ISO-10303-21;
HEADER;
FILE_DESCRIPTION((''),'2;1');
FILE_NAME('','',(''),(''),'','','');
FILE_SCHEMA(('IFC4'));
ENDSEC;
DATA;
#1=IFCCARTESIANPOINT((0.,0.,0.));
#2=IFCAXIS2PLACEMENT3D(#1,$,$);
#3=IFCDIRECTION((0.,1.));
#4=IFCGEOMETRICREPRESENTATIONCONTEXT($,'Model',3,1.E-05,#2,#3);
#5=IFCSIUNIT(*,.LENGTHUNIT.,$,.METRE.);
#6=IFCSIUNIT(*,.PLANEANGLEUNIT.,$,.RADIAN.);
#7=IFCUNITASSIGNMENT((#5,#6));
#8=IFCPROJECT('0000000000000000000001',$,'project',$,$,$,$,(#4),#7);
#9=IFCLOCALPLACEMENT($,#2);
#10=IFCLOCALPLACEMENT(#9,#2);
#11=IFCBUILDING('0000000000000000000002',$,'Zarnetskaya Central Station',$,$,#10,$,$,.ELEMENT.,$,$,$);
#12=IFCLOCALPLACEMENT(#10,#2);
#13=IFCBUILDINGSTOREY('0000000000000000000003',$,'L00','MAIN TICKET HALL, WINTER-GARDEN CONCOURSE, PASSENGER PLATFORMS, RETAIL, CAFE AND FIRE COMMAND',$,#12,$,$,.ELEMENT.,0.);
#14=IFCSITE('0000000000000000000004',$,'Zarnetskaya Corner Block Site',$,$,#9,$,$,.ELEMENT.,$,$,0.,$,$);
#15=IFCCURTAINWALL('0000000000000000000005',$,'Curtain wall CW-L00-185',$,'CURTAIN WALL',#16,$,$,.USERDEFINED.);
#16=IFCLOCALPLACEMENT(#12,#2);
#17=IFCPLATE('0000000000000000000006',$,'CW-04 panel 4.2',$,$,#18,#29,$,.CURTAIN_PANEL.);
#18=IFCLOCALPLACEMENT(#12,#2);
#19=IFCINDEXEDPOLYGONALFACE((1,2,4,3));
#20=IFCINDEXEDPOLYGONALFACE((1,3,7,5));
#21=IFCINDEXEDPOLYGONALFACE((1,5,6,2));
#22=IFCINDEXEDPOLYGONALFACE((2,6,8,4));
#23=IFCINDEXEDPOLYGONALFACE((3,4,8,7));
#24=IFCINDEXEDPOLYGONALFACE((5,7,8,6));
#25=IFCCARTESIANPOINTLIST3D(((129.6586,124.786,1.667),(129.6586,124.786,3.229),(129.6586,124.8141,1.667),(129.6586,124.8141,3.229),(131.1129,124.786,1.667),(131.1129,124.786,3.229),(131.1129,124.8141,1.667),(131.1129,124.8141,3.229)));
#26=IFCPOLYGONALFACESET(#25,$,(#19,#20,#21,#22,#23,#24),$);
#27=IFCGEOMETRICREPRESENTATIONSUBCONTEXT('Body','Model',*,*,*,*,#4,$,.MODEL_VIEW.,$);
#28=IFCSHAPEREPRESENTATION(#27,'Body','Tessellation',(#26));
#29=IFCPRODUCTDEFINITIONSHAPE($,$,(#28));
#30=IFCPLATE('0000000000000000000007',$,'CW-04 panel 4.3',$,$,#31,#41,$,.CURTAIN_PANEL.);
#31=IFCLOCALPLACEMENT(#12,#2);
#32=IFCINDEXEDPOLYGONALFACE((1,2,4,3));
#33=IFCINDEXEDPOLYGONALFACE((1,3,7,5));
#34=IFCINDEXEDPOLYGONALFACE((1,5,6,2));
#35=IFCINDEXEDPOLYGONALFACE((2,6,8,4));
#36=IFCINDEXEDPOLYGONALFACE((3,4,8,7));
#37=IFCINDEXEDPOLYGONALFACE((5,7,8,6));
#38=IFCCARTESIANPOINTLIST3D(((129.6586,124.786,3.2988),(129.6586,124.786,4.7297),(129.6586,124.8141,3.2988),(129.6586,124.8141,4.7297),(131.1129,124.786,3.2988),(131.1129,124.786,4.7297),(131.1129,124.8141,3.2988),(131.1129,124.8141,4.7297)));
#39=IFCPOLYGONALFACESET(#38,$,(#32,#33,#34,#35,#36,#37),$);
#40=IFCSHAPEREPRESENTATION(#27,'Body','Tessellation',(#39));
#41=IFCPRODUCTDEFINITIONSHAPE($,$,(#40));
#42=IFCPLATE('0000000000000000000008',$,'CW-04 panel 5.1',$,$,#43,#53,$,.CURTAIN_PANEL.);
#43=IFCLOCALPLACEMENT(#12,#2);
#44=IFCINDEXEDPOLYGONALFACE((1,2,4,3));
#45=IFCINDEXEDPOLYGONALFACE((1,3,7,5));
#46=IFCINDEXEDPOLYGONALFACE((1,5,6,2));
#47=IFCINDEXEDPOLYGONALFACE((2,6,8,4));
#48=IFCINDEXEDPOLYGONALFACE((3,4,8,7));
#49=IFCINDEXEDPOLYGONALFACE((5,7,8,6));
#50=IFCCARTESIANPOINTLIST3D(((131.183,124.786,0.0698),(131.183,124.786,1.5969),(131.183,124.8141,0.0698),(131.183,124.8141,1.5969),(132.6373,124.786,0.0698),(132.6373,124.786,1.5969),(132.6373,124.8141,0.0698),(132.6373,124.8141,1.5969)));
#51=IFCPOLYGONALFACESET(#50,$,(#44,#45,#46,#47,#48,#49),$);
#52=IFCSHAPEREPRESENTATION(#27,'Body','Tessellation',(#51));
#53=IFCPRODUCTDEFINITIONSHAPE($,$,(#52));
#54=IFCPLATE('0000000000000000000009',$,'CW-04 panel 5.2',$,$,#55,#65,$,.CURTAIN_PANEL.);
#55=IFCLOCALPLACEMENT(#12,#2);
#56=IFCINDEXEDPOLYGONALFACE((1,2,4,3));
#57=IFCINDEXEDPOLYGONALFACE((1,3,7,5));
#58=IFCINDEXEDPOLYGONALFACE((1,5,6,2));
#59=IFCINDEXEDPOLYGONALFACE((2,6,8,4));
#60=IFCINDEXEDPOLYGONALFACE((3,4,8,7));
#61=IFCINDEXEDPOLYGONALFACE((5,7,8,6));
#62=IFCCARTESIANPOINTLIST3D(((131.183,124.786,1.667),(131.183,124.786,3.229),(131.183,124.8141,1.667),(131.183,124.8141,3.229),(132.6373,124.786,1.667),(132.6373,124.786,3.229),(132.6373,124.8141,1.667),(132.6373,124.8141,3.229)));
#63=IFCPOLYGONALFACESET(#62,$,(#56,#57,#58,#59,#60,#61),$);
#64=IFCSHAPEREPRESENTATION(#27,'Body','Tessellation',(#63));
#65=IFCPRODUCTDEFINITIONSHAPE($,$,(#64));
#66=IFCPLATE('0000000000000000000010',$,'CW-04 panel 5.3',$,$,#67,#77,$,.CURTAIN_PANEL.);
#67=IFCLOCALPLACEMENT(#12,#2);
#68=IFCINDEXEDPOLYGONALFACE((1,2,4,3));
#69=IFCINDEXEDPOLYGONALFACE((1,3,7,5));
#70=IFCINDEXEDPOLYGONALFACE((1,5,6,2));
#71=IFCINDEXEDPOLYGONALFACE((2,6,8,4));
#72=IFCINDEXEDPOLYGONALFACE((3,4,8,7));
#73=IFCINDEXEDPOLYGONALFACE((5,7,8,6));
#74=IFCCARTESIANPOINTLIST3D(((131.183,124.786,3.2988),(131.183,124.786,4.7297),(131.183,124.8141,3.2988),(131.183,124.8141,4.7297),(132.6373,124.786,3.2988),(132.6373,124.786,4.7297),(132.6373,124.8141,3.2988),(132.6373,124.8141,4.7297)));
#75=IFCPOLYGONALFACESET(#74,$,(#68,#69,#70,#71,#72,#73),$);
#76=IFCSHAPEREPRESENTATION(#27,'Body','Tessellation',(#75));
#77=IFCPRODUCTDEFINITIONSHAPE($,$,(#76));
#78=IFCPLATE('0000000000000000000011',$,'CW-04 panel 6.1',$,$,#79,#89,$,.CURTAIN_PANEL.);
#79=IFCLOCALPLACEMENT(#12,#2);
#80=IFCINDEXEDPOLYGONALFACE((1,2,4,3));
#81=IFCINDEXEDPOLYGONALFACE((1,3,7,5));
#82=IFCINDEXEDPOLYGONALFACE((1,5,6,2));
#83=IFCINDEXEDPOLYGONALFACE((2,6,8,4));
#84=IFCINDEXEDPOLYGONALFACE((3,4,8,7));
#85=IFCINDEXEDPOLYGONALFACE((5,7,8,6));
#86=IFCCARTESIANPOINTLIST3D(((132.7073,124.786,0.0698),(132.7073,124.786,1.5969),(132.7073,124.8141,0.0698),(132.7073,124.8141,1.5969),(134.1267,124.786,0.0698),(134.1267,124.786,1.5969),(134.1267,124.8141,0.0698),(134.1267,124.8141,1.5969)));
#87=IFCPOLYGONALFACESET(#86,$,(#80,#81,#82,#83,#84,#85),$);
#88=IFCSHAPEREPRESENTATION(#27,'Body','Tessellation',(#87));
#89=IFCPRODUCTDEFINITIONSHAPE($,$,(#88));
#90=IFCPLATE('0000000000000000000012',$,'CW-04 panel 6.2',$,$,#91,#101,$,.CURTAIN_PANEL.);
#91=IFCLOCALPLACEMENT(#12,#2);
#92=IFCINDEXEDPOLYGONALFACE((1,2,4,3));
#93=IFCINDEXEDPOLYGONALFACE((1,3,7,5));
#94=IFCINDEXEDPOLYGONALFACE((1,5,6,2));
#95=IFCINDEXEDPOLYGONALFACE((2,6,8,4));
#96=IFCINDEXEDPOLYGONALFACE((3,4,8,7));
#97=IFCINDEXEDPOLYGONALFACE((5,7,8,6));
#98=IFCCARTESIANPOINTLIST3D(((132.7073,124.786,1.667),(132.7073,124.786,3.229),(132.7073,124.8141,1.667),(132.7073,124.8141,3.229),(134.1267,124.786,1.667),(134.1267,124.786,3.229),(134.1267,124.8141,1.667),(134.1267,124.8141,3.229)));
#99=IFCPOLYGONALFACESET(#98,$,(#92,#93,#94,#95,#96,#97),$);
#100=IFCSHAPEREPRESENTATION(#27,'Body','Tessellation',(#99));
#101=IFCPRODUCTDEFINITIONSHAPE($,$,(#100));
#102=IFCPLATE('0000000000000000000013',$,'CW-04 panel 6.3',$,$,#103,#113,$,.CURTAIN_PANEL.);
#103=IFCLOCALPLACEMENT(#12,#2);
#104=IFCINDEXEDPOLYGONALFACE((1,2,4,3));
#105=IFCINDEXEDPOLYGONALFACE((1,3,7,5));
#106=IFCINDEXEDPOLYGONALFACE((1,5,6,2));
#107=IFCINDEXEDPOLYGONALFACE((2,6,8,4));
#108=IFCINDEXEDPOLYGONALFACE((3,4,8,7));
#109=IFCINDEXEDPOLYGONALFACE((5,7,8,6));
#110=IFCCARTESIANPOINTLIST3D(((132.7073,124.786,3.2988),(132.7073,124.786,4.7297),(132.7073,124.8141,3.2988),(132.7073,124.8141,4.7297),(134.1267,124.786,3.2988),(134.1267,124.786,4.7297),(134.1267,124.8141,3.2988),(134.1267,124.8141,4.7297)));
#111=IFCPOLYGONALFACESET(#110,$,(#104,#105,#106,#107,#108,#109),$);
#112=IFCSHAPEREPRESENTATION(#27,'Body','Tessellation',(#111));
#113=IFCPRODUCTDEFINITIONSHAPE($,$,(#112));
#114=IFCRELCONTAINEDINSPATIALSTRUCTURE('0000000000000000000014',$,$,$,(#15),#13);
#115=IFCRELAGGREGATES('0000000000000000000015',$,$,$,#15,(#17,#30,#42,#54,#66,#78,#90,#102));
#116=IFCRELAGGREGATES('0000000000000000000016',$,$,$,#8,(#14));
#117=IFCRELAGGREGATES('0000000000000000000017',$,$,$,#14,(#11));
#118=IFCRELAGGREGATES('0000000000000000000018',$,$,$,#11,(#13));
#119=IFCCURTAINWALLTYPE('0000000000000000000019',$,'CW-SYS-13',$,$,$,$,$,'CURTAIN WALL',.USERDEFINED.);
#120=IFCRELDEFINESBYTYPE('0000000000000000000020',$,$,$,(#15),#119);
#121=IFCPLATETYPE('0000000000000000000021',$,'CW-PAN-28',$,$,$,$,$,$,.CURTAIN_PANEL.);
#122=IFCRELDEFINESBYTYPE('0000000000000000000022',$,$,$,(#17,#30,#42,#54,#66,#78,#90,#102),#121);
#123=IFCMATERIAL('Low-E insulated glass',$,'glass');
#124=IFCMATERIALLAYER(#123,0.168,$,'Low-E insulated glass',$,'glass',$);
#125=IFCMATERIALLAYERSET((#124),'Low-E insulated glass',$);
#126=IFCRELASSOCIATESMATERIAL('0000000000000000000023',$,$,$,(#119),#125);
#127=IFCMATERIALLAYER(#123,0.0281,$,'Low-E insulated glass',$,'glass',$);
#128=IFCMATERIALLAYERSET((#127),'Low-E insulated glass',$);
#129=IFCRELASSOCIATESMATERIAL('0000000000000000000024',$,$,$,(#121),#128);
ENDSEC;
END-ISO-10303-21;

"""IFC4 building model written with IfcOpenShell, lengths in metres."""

from ifc_helpers import new_model, si_unit, direction, frame, origin, origin_2d, place, context, subcontext, project, spatial, rectangle, extrude, material, layer, layer_set, type_object, element, aggregate, save


model = new_model("IFC4")

# Units and contexts
model_context = context("Model", 3, precision=1e-05, world=origin(), true_north=direction((0.0, 1.0)))
body_context = subcontext(model_context, "Body", "Model", "MODEL_VIEW")
ifc_project = project(units=[si_unit("LENGTHUNIT", "METRE"), si_unit("PLANEANGLEUNIT", "RADIAN")], contexts=[model_context])

# Site, building, storey
site_placement = place(None, origin())
site = spatial("IfcSite", under=ifc_project, at=site_placement, Name="Zarnetskaya Corner Block Site", CompositionType="ELEMENT", RefElevation=0.0)
building_placement = place(site_placement, origin())
building = spatial("IfcBuilding", under=site, at=building_placement, Name="Zarnetskaya Central Station", CompositionType="ELEMENT")
storey_placement = place(building_placement, origin())
storey = spatial("IfcBuildingStorey", under=building, at=storey_placement, Name="L00", Description="MAIN TICKET HALL, WINTER-GARDEN CONCOURSE, PASSENGER PLATFORMS, RETAIL, CAFE AND FIRE COMMAND", CompositionType="ELEMENT", Elevation=0.0)

# Curtain wall, plates
ifc_material_1 = material(Name="Low-E insulated glass", Category="glass")
ifc_layer_1 = layer(ifc_material_1, 0.168, Name="Low-E insulated glass", Category="glass")
ifc_layer_set_1 = layer_set([ifc_layer_1], Name="Low-E insulated glass")
curtain_wall_type = type_object("IfcCurtainWallType", Name="CW-SYS-13", ElementType="CURTAIN WALL", PredefinedType="USERDEFINED", material=ifc_layer_set_1)
curtain_wall_placement = place(storey_placement, origin())
curtain_wall = element("IfcCurtainWall", 1, at=curtain_wall_placement, inside=storey, type_object=curtain_wall_type, Name="Curtain wall CW-L00-185", ObjectType="CURTAIN WALL", PredefinedType="USERDEFINED")
ifc_layer_2 = layer(ifc_material_1, 0.0281, Name="Low-E insulated glass", Category="glass")
ifc_layer_set_2 = layer_set([ifc_layer_2], Name="Low-E insulated glass")
plate_type = type_object("IfcPlateType", Name="CW-PAN-28", PredefinedType="CURTAIN_PANEL", material=ifc_layer_set_2)
plate_1_placement = place(storey_placement, frame((130.3857, 124.8, 1.667), z_axis=(0.0, 0.0, 1.0), x_axis=(1.0, 0.0, 0.0)))
plate_1 = element("IfcPlate", 2, at=plate_1_placement, type_object=plate_type, Name="CW-04 panel 4.2", PredefinedType="CURTAIN_PANEL", context=body_context, shape_type="SweptSolid", body=[
    extrude(rectangle(XDim=1.4543, YDim=0.0281, at=origin_2d()), origin(), (0.0, 0.0, 1.0), 1.562),
])
plate_2_placement = place(storey_placement, frame((130.3857, 124.8, 3.2988), z_axis=(0.0, 0.0, 1.0), x_axis=(1.0, 0.0, 0.0)))
plate_2 = element("IfcPlate", 3, at=plate_2_placement, type_object=plate_type, Name="CW-04 panel 4.3", PredefinedType="CURTAIN_PANEL", context=body_context, shape_type="SweptSolid", body=[
    extrude(rectangle(XDim=1.4543, YDim=0.0281, at=origin_2d()), origin(), (0.0, 0.0, 1.0), 1.4309),
])
plate_3_placement = place(storey_placement, frame((131.9102, 124.8, 0.0698), z_axis=(0.0, 0.0, 1.0), x_axis=(1.0, 0.0, 0.0)))
plate_3 = element("IfcPlate", 4, at=plate_3_placement, type_object=plate_type, Name="CW-04 panel 5.1", PredefinedType="CURTAIN_PANEL", context=body_context, shape_type="SweptSolid", body=[
    extrude(rectangle(XDim=1.4543, YDim=0.0281, at=origin_2d()), origin(), (0.0, 0.0, 1.0), 1.5271),
])
plate_4_placement = place(storey_placement, frame((131.9102, 124.8, 1.667), z_axis=(0.0, 0.0, 1.0), x_axis=(1.0, 0.0, 0.0)))
plate_4 = element("IfcPlate", 5, at=plate_4_placement, type_object=plate_type, Name="CW-04 panel 5.2", PredefinedType="CURTAIN_PANEL", context=body_context, shape_type="SweptSolid", body=[
    extrude(rectangle(XDim=1.4543, YDim=0.0281, at=origin_2d()), origin(), (0.0, 0.0, 1.0), 1.562),
])
plate_5_placement = place(storey_placement, frame((131.9102, 124.8, 3.2988), z_axis=(0.0, 0.0, 1.0), x_axis=(1.0, 0.0, 0.0)))
plate_5 = element("IfcPlate", 6, at=plate_5_placement, type_object=plate_type, Name="CW-04 panel 5.3", PredefinedType="CURTAIN_PANEL", context=body_context, shape_type="SweptSolid", body=[
    extrude(rectangle(XDim=1.4543, YDim=0.0281, at=origin_2d()), origin(), (0.0, 0.0, 1.0), 1.4309),
])
plate_6_placement = place(storey_placement, frame((133.417, 124.8, 0.0698), z_axis=(0.0, 0.0, 1.0), x_axis=(1.0, 0.0, 0.0)))
plate_6 = element("IfcPlate", 7, at=plate_6_placement, type_object=plate_type, Name="CW-04 panel 6.1", PredefinedType="CURTAIN_PANEL", context=body_context, shape_type="SweptSolid", body=[
    extrude(rectangle(XDim=1.4194, YDim=0.0281, at=origin_2d()), origin(), (0.0, 0.0, 1.0), 1.5271),
])
plate_7_placement = place(storey_placement, frame((133.417, 124.8, 1.667), z_axis=(0.0, 0.0, 1.0), x_axis=(1.0, 0.0, 0.0)))
plate_7 = element("IfcPlate", 8, at=plate_7_placement, type_object=plate_type, Name="CW-04 panel 6.2", PredefinedType="CURTAIN_PANEL", context=body_context, shape_type="SweptSolid", body=[
    extrude(rectangle(XDim=1.4194, YDim=0.0281, at=origin_2d()), origin(), (0.0, 0.0, 1.0), 1.562),
])
plate_8_placement = place(storey_placement, frame((133.417, 124.8, 3.2988), z_axis=(0.0, 0.0, 1.0), x_axis=(1.0, 0.0, 0.0)))
plate_8 = element("IfcPlate", 9, at=plate_8_placement, type_object=plate_type, Name="CW-04 panel 6.3", PredefinedType="CURTAIN_PANEL", context=body_context, shape_type="SweptSolid", body=[
    extrude(rectangle(XDim=1.4194, YDim=0.0281, at=origin_2d()), origin(), (0.0, 0.0, 1.0), 1.4309),
])
aggregate(curtain_wall, [plate_1, plate_2, plate_3, plate_4, plate_5, plate_6, plate_7, plate_8])

save(model, "model.ifc")
